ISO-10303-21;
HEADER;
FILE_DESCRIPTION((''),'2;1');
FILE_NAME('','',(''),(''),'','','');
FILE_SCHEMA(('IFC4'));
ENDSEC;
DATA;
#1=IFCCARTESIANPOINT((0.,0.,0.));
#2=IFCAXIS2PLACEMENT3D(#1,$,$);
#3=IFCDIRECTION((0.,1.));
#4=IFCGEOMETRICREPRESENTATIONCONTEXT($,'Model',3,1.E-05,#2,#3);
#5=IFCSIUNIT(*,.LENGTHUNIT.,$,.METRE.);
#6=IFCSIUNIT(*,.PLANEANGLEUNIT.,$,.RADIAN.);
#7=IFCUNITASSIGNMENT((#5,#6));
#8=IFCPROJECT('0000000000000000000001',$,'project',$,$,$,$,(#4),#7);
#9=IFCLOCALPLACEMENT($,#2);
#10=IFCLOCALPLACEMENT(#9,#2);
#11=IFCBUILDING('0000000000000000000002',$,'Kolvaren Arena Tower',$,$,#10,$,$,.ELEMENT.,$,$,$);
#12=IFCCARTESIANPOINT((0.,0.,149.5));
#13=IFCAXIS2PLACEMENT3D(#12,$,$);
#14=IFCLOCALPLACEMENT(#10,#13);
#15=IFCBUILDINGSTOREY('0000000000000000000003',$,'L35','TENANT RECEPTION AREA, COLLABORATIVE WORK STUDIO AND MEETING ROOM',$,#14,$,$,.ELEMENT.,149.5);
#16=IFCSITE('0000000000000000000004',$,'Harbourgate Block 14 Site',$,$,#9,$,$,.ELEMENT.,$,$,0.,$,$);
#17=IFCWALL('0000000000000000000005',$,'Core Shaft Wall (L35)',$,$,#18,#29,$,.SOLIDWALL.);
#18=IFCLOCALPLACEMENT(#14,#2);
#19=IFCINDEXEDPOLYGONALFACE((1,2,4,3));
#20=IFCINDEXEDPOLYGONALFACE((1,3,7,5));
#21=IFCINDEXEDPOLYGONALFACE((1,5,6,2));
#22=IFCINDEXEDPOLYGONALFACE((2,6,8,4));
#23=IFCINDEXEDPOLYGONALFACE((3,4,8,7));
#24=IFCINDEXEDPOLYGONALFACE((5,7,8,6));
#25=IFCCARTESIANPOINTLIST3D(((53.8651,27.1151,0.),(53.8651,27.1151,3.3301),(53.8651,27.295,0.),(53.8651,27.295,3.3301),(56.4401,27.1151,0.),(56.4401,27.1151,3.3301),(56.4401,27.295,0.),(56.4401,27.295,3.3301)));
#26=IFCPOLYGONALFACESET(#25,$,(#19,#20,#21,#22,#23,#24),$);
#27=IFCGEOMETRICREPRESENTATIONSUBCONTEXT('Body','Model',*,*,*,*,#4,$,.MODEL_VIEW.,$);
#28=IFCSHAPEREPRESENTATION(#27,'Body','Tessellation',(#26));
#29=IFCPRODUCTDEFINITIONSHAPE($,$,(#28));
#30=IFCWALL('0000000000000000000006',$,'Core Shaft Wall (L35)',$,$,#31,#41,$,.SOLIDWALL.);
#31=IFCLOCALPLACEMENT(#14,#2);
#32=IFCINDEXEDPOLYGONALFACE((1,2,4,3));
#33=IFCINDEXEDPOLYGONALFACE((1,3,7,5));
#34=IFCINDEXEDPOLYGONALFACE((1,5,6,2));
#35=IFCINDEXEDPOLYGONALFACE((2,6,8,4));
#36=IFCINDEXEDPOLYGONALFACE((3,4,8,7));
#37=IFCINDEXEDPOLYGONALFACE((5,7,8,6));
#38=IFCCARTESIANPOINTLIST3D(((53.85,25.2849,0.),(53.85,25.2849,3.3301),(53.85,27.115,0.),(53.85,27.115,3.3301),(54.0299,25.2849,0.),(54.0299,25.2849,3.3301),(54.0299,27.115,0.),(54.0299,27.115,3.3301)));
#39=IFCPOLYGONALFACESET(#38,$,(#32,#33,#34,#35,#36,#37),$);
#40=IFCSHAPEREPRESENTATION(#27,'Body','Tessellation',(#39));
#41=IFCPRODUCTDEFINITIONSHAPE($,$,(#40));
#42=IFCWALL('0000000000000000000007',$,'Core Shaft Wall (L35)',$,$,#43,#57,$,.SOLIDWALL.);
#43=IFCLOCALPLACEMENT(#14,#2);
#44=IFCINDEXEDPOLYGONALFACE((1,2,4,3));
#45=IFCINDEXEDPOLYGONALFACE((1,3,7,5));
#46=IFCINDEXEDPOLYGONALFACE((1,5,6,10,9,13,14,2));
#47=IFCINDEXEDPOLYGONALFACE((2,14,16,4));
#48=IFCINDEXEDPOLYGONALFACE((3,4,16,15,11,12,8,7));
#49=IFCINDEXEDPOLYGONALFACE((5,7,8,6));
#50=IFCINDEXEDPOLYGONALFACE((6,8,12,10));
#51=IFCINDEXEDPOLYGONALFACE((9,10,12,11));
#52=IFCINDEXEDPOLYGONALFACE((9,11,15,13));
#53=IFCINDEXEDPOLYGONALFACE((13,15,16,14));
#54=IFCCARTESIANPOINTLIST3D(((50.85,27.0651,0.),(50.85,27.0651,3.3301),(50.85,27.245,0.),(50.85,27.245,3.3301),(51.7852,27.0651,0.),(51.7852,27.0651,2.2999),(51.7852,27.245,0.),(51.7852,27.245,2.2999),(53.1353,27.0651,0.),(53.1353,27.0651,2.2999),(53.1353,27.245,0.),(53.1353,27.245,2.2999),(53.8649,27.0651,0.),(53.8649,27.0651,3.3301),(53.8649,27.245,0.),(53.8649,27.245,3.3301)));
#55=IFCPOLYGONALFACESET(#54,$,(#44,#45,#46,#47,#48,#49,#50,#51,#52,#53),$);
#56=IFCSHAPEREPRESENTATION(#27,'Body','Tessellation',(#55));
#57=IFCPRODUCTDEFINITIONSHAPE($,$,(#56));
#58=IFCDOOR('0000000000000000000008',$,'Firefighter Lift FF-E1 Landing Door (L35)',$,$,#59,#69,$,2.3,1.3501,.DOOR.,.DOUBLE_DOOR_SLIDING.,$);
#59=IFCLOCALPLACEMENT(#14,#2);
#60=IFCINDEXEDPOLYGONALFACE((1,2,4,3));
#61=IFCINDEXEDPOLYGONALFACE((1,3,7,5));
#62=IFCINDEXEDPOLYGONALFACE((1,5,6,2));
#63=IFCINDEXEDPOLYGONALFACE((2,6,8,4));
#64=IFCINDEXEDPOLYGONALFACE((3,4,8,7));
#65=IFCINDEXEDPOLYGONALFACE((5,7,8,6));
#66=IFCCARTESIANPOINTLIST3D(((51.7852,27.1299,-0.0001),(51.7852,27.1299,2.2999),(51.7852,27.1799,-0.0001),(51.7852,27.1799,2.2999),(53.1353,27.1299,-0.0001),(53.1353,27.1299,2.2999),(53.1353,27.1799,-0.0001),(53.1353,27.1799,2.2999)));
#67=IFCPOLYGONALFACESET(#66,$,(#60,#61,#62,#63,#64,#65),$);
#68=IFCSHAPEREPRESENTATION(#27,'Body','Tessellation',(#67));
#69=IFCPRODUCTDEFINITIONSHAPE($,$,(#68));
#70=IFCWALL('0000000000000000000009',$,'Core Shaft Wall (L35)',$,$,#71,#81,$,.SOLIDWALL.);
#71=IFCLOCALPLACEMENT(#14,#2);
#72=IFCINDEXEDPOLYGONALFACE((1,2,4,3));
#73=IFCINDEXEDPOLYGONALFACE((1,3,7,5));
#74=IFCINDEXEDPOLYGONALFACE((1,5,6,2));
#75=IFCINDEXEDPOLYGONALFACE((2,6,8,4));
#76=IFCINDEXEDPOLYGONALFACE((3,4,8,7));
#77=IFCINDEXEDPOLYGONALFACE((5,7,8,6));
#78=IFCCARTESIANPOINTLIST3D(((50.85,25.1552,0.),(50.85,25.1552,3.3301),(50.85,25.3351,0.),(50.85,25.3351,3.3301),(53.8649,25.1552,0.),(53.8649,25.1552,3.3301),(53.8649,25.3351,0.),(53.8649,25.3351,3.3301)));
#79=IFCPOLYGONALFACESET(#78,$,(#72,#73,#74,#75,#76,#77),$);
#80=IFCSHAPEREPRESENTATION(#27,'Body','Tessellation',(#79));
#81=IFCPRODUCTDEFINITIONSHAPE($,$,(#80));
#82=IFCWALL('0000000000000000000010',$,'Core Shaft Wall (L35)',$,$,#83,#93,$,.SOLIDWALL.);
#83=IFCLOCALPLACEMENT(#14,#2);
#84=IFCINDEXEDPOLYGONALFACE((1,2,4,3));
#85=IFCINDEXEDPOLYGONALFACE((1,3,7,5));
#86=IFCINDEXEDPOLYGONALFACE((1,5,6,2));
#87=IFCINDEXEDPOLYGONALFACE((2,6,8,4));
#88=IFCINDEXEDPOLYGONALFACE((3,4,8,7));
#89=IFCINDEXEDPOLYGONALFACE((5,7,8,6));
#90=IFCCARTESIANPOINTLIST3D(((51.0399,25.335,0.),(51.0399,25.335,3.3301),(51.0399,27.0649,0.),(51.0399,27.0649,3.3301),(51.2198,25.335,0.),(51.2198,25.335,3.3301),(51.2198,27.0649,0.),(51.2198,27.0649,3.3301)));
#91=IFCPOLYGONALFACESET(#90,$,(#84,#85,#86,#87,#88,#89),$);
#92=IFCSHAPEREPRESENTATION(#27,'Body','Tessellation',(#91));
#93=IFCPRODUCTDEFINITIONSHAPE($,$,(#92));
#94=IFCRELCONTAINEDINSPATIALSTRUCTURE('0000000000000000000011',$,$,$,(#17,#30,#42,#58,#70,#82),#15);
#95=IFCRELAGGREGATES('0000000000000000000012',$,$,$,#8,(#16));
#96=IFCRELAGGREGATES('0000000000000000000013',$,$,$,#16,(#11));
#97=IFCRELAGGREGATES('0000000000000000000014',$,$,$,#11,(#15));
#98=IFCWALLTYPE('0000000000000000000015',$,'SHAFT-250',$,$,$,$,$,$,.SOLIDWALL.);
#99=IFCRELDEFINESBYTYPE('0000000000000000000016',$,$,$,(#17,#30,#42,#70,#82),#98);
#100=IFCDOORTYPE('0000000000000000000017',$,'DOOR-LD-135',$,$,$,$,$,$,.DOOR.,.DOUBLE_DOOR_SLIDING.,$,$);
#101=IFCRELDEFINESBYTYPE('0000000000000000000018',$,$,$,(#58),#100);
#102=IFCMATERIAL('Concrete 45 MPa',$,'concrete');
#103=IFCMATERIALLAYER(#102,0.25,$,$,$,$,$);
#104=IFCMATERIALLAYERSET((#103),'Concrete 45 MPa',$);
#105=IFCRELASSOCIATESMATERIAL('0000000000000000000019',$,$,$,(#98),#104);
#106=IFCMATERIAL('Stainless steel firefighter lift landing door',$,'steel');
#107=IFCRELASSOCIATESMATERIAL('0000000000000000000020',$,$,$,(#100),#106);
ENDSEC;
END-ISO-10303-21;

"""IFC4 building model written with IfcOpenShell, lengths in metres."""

from ifc_helpers import new_model, si_unit, direction, frame, frame_2d, origin, place, context, subcontext, project, spatial, rectangle, extrude, material, layer, layer_set, type_object, element, fill, save


model = new_model("IFC4")

# Units and contexts
model_context = context("Model", 3, precision=1e-05, world=origin(), true_north=direction((0.0, 1.0)))
body_context = subcontext(model_context, "Body", "Model", "MODEL_VIEW")
ifc_project = project(units=[si_unit("LENGTHUNIT", "METRE"), si_unit("PLANEANGLEUNIT", "RADIAN")], contexts=[model_context])

# Site, building, storey
site_placement = place(None, origin())
site = spatial("IfcSite", under=ifc_project, at=site_placement, Name="Harbourgate Block 14 Site", CompositionType="ELEMENT", RefElevation=0.0)
building_placement = place(site_placement, origin())
building = spatial("IfcBuilding", under=site, at=building_placement, Name="Kolvaren Arena Tower", CompositionType="ELEMENT")
storey_placement = place(building_placement, frame((0.0, 0.0, 149.5)))
storey = spatial("IfcBuildingStorey", under=building, at=storey_placement, Name="L35", Description="TENANT RECEPTION AREA, COLLABORATIVE WORK STUDIO AND MEETING ROOM", CompositionType="ELEMENT", Elevation=149.5)

# Walls
ifc_material_1 = material(Name="Concrete 45 MPa", Category="concrete")
ifc_layer_1 = layer(ifc_material_1, 0.25)
ifc_layer_set_1 = layer_set([ifc_layer_1], Name="Concrete 45 MPa")
wall_type_1 = type_object("IfcWallType", Name="SHAFT-250", PredefinedType="SOLIDWALL", material=ifc_layer_set_1)
wall_1_placement = place(storey_placement, frame((53.865, 27.2051, 0.0), z_axis=(0.0, 0.0, 1.0), x_axis=(1.0, 0.0, 0.0)))
element("IfcWall", 1, at=wall_1_placement, inside=storey, type_object=wall_type_1, Name="Core Shaft Wall (L35)", PredefinedType="SOLIDWALL", context=body_context, shape_type="SweptSolid", body=[
    extrude(rectangle(XDim=2.575, YDim=0.1799, at=frame_2d((1.2876, 0.0))), origin(), (0.0, 0.0, 1.0), 3.3301),
])
wall_2_placement = place(storey_placement, frame((53.9399, 25.2849, 0.0), z_axis=(0.0, 0.0, 1.0), x_axis=(0.0, 1.0, 0.0)))
element("IfcWall", 2, at=wall_2_placement, inside=storey, type_object=wall_type_1, Name="Core Shaft Wall (L35)", PredefinedType="SOLIDWALL", context=body_context, shape_type="SweptSolid", body=[
    extrude(rectangle(XDim=1.8301, YDim=0.1799, at=frame_2d((0.915, 0.0))), origin(), (0.0, 0.0, 1.0), 3.3301),
])

# Wall, opening, door
wall_3_placement = place(storey_placement, frame((50.8501, 27.155, 0.0), z_axis=(0.0, 0.0, 1.0), x_axis=(1.0, 0.0, 0.0)))
wall_3 = element("IfcWall", 3, at=wall_3_placement, inside=storey, type_object=wall_type_1, Name="Core Shaft Wall (L35)", PredefinedType="SOLIDWALL", context=body_context, shape_type="SweptSolid", body=[
    extrude(rectangle(XDim=3.0149, YDim=0.1799, at=frame_2d((1.5073, 0.0))), origin(), (0.0, 0.0, 1.0), 3.3301),
])
opening_1_placement = place(wall_3_placement, frame((0.9351, 0.0, 0.0)))
opening_1 = element("IfcOpeningElement", 4, at=opening_1_placement, cuts=wall_3, PredefinedType="OPENING", context=body_context, shape_type="SweptSolid", body=[
    extrude(rectangle(XDim=1.3501, YDim=2.3, at=frame_2d((0.675, 1.1499))), frame((0.0, 0.0999, 0.0), z_axis=(0.0, -1.0, 0.0), x_axis=(1.0, 0.0, 0.0)), (0.0, 0.0, 1.0), 0.2),
])
ifc_material_2 = material(Name="Stainless steel firefighter lift landing door", Category="steel")
door_type_1 = type_object("IfcDoorType", Name="DOOR-LD-135", OperationType="DOUBLE_DOOR_SLIDING", PredefinedType="DOOR", material=ifc_material_2)
door_1_placement = place(opening_1_placement, origin())
door_1 = element("IfcDoor", 5, at=door_1_placement, inside=storey, type_object=door_type_1, Name="Firefighter Lift FF-E1 Landing Door (L35)", OperationType="DOUBLE_DOOR_SLIDING", OverallHeight=2.3, OverallWidth=1.3501, PredefinedType="DOOR", context=body_context, shape_type="SweptSolid", body=[
    extrude(rectangle(XDim=1.3501, YDim=2.3, at=frame_2d((0.675, 1.1499))), frame((0.0, 0.0249, 0.0), z_axis=(0.0, -1.0, 0.0), x_axis=(1.0, 0.0, 0.0)), (0.0, 0.0, 1.0), 0.05),
])
fill(opening_1, door_1)

# Walls
wall_4_placement = place(storey_placement, frame((50.8501, 25.2451, 0.0), z_axis=(0.0, 0.0, 1.0), x_axis=(1.0, 0.0, 0.0)))
element("IfcWall", 6, at=wall_4_placement, inside=storey, type_object=wall_type_1, Name="Core Shaft Wall (L35)", PredefinedType="SOLIDWALL", context=body_context, shape_type="SweptSolid", body=[
    extrude(rectangle(XDim=3.0149, YDim=0.1799, at=frame_2d((1.5073, 0.0))), origin(), (0.0, 0.0, 1.0), 3.3301),
])
wall_5_placement = place(storey_placement, frame((51.1299, 25.335, 0.0), z_axis=(0.0, 0.0, 1.0), x_axis=(0.0, 1.0, 0.0)))
element("IfcWall", 7, at=wall_5_placement, inside=storey, type_object=wall_type_1, Name="Core Shaft Wall (L35)", PredefinedType="SOLIDWALL", context=body_context, shape_type="SweptSolid", body=[
    extrude(rectangle(XDim=1.73, YDim=0.1799, at=frame_2d((0.865, 0.0))), origin(), (0.0, 0.0, 1.0), 3.3301),
])

save(model, "model.ifc")
